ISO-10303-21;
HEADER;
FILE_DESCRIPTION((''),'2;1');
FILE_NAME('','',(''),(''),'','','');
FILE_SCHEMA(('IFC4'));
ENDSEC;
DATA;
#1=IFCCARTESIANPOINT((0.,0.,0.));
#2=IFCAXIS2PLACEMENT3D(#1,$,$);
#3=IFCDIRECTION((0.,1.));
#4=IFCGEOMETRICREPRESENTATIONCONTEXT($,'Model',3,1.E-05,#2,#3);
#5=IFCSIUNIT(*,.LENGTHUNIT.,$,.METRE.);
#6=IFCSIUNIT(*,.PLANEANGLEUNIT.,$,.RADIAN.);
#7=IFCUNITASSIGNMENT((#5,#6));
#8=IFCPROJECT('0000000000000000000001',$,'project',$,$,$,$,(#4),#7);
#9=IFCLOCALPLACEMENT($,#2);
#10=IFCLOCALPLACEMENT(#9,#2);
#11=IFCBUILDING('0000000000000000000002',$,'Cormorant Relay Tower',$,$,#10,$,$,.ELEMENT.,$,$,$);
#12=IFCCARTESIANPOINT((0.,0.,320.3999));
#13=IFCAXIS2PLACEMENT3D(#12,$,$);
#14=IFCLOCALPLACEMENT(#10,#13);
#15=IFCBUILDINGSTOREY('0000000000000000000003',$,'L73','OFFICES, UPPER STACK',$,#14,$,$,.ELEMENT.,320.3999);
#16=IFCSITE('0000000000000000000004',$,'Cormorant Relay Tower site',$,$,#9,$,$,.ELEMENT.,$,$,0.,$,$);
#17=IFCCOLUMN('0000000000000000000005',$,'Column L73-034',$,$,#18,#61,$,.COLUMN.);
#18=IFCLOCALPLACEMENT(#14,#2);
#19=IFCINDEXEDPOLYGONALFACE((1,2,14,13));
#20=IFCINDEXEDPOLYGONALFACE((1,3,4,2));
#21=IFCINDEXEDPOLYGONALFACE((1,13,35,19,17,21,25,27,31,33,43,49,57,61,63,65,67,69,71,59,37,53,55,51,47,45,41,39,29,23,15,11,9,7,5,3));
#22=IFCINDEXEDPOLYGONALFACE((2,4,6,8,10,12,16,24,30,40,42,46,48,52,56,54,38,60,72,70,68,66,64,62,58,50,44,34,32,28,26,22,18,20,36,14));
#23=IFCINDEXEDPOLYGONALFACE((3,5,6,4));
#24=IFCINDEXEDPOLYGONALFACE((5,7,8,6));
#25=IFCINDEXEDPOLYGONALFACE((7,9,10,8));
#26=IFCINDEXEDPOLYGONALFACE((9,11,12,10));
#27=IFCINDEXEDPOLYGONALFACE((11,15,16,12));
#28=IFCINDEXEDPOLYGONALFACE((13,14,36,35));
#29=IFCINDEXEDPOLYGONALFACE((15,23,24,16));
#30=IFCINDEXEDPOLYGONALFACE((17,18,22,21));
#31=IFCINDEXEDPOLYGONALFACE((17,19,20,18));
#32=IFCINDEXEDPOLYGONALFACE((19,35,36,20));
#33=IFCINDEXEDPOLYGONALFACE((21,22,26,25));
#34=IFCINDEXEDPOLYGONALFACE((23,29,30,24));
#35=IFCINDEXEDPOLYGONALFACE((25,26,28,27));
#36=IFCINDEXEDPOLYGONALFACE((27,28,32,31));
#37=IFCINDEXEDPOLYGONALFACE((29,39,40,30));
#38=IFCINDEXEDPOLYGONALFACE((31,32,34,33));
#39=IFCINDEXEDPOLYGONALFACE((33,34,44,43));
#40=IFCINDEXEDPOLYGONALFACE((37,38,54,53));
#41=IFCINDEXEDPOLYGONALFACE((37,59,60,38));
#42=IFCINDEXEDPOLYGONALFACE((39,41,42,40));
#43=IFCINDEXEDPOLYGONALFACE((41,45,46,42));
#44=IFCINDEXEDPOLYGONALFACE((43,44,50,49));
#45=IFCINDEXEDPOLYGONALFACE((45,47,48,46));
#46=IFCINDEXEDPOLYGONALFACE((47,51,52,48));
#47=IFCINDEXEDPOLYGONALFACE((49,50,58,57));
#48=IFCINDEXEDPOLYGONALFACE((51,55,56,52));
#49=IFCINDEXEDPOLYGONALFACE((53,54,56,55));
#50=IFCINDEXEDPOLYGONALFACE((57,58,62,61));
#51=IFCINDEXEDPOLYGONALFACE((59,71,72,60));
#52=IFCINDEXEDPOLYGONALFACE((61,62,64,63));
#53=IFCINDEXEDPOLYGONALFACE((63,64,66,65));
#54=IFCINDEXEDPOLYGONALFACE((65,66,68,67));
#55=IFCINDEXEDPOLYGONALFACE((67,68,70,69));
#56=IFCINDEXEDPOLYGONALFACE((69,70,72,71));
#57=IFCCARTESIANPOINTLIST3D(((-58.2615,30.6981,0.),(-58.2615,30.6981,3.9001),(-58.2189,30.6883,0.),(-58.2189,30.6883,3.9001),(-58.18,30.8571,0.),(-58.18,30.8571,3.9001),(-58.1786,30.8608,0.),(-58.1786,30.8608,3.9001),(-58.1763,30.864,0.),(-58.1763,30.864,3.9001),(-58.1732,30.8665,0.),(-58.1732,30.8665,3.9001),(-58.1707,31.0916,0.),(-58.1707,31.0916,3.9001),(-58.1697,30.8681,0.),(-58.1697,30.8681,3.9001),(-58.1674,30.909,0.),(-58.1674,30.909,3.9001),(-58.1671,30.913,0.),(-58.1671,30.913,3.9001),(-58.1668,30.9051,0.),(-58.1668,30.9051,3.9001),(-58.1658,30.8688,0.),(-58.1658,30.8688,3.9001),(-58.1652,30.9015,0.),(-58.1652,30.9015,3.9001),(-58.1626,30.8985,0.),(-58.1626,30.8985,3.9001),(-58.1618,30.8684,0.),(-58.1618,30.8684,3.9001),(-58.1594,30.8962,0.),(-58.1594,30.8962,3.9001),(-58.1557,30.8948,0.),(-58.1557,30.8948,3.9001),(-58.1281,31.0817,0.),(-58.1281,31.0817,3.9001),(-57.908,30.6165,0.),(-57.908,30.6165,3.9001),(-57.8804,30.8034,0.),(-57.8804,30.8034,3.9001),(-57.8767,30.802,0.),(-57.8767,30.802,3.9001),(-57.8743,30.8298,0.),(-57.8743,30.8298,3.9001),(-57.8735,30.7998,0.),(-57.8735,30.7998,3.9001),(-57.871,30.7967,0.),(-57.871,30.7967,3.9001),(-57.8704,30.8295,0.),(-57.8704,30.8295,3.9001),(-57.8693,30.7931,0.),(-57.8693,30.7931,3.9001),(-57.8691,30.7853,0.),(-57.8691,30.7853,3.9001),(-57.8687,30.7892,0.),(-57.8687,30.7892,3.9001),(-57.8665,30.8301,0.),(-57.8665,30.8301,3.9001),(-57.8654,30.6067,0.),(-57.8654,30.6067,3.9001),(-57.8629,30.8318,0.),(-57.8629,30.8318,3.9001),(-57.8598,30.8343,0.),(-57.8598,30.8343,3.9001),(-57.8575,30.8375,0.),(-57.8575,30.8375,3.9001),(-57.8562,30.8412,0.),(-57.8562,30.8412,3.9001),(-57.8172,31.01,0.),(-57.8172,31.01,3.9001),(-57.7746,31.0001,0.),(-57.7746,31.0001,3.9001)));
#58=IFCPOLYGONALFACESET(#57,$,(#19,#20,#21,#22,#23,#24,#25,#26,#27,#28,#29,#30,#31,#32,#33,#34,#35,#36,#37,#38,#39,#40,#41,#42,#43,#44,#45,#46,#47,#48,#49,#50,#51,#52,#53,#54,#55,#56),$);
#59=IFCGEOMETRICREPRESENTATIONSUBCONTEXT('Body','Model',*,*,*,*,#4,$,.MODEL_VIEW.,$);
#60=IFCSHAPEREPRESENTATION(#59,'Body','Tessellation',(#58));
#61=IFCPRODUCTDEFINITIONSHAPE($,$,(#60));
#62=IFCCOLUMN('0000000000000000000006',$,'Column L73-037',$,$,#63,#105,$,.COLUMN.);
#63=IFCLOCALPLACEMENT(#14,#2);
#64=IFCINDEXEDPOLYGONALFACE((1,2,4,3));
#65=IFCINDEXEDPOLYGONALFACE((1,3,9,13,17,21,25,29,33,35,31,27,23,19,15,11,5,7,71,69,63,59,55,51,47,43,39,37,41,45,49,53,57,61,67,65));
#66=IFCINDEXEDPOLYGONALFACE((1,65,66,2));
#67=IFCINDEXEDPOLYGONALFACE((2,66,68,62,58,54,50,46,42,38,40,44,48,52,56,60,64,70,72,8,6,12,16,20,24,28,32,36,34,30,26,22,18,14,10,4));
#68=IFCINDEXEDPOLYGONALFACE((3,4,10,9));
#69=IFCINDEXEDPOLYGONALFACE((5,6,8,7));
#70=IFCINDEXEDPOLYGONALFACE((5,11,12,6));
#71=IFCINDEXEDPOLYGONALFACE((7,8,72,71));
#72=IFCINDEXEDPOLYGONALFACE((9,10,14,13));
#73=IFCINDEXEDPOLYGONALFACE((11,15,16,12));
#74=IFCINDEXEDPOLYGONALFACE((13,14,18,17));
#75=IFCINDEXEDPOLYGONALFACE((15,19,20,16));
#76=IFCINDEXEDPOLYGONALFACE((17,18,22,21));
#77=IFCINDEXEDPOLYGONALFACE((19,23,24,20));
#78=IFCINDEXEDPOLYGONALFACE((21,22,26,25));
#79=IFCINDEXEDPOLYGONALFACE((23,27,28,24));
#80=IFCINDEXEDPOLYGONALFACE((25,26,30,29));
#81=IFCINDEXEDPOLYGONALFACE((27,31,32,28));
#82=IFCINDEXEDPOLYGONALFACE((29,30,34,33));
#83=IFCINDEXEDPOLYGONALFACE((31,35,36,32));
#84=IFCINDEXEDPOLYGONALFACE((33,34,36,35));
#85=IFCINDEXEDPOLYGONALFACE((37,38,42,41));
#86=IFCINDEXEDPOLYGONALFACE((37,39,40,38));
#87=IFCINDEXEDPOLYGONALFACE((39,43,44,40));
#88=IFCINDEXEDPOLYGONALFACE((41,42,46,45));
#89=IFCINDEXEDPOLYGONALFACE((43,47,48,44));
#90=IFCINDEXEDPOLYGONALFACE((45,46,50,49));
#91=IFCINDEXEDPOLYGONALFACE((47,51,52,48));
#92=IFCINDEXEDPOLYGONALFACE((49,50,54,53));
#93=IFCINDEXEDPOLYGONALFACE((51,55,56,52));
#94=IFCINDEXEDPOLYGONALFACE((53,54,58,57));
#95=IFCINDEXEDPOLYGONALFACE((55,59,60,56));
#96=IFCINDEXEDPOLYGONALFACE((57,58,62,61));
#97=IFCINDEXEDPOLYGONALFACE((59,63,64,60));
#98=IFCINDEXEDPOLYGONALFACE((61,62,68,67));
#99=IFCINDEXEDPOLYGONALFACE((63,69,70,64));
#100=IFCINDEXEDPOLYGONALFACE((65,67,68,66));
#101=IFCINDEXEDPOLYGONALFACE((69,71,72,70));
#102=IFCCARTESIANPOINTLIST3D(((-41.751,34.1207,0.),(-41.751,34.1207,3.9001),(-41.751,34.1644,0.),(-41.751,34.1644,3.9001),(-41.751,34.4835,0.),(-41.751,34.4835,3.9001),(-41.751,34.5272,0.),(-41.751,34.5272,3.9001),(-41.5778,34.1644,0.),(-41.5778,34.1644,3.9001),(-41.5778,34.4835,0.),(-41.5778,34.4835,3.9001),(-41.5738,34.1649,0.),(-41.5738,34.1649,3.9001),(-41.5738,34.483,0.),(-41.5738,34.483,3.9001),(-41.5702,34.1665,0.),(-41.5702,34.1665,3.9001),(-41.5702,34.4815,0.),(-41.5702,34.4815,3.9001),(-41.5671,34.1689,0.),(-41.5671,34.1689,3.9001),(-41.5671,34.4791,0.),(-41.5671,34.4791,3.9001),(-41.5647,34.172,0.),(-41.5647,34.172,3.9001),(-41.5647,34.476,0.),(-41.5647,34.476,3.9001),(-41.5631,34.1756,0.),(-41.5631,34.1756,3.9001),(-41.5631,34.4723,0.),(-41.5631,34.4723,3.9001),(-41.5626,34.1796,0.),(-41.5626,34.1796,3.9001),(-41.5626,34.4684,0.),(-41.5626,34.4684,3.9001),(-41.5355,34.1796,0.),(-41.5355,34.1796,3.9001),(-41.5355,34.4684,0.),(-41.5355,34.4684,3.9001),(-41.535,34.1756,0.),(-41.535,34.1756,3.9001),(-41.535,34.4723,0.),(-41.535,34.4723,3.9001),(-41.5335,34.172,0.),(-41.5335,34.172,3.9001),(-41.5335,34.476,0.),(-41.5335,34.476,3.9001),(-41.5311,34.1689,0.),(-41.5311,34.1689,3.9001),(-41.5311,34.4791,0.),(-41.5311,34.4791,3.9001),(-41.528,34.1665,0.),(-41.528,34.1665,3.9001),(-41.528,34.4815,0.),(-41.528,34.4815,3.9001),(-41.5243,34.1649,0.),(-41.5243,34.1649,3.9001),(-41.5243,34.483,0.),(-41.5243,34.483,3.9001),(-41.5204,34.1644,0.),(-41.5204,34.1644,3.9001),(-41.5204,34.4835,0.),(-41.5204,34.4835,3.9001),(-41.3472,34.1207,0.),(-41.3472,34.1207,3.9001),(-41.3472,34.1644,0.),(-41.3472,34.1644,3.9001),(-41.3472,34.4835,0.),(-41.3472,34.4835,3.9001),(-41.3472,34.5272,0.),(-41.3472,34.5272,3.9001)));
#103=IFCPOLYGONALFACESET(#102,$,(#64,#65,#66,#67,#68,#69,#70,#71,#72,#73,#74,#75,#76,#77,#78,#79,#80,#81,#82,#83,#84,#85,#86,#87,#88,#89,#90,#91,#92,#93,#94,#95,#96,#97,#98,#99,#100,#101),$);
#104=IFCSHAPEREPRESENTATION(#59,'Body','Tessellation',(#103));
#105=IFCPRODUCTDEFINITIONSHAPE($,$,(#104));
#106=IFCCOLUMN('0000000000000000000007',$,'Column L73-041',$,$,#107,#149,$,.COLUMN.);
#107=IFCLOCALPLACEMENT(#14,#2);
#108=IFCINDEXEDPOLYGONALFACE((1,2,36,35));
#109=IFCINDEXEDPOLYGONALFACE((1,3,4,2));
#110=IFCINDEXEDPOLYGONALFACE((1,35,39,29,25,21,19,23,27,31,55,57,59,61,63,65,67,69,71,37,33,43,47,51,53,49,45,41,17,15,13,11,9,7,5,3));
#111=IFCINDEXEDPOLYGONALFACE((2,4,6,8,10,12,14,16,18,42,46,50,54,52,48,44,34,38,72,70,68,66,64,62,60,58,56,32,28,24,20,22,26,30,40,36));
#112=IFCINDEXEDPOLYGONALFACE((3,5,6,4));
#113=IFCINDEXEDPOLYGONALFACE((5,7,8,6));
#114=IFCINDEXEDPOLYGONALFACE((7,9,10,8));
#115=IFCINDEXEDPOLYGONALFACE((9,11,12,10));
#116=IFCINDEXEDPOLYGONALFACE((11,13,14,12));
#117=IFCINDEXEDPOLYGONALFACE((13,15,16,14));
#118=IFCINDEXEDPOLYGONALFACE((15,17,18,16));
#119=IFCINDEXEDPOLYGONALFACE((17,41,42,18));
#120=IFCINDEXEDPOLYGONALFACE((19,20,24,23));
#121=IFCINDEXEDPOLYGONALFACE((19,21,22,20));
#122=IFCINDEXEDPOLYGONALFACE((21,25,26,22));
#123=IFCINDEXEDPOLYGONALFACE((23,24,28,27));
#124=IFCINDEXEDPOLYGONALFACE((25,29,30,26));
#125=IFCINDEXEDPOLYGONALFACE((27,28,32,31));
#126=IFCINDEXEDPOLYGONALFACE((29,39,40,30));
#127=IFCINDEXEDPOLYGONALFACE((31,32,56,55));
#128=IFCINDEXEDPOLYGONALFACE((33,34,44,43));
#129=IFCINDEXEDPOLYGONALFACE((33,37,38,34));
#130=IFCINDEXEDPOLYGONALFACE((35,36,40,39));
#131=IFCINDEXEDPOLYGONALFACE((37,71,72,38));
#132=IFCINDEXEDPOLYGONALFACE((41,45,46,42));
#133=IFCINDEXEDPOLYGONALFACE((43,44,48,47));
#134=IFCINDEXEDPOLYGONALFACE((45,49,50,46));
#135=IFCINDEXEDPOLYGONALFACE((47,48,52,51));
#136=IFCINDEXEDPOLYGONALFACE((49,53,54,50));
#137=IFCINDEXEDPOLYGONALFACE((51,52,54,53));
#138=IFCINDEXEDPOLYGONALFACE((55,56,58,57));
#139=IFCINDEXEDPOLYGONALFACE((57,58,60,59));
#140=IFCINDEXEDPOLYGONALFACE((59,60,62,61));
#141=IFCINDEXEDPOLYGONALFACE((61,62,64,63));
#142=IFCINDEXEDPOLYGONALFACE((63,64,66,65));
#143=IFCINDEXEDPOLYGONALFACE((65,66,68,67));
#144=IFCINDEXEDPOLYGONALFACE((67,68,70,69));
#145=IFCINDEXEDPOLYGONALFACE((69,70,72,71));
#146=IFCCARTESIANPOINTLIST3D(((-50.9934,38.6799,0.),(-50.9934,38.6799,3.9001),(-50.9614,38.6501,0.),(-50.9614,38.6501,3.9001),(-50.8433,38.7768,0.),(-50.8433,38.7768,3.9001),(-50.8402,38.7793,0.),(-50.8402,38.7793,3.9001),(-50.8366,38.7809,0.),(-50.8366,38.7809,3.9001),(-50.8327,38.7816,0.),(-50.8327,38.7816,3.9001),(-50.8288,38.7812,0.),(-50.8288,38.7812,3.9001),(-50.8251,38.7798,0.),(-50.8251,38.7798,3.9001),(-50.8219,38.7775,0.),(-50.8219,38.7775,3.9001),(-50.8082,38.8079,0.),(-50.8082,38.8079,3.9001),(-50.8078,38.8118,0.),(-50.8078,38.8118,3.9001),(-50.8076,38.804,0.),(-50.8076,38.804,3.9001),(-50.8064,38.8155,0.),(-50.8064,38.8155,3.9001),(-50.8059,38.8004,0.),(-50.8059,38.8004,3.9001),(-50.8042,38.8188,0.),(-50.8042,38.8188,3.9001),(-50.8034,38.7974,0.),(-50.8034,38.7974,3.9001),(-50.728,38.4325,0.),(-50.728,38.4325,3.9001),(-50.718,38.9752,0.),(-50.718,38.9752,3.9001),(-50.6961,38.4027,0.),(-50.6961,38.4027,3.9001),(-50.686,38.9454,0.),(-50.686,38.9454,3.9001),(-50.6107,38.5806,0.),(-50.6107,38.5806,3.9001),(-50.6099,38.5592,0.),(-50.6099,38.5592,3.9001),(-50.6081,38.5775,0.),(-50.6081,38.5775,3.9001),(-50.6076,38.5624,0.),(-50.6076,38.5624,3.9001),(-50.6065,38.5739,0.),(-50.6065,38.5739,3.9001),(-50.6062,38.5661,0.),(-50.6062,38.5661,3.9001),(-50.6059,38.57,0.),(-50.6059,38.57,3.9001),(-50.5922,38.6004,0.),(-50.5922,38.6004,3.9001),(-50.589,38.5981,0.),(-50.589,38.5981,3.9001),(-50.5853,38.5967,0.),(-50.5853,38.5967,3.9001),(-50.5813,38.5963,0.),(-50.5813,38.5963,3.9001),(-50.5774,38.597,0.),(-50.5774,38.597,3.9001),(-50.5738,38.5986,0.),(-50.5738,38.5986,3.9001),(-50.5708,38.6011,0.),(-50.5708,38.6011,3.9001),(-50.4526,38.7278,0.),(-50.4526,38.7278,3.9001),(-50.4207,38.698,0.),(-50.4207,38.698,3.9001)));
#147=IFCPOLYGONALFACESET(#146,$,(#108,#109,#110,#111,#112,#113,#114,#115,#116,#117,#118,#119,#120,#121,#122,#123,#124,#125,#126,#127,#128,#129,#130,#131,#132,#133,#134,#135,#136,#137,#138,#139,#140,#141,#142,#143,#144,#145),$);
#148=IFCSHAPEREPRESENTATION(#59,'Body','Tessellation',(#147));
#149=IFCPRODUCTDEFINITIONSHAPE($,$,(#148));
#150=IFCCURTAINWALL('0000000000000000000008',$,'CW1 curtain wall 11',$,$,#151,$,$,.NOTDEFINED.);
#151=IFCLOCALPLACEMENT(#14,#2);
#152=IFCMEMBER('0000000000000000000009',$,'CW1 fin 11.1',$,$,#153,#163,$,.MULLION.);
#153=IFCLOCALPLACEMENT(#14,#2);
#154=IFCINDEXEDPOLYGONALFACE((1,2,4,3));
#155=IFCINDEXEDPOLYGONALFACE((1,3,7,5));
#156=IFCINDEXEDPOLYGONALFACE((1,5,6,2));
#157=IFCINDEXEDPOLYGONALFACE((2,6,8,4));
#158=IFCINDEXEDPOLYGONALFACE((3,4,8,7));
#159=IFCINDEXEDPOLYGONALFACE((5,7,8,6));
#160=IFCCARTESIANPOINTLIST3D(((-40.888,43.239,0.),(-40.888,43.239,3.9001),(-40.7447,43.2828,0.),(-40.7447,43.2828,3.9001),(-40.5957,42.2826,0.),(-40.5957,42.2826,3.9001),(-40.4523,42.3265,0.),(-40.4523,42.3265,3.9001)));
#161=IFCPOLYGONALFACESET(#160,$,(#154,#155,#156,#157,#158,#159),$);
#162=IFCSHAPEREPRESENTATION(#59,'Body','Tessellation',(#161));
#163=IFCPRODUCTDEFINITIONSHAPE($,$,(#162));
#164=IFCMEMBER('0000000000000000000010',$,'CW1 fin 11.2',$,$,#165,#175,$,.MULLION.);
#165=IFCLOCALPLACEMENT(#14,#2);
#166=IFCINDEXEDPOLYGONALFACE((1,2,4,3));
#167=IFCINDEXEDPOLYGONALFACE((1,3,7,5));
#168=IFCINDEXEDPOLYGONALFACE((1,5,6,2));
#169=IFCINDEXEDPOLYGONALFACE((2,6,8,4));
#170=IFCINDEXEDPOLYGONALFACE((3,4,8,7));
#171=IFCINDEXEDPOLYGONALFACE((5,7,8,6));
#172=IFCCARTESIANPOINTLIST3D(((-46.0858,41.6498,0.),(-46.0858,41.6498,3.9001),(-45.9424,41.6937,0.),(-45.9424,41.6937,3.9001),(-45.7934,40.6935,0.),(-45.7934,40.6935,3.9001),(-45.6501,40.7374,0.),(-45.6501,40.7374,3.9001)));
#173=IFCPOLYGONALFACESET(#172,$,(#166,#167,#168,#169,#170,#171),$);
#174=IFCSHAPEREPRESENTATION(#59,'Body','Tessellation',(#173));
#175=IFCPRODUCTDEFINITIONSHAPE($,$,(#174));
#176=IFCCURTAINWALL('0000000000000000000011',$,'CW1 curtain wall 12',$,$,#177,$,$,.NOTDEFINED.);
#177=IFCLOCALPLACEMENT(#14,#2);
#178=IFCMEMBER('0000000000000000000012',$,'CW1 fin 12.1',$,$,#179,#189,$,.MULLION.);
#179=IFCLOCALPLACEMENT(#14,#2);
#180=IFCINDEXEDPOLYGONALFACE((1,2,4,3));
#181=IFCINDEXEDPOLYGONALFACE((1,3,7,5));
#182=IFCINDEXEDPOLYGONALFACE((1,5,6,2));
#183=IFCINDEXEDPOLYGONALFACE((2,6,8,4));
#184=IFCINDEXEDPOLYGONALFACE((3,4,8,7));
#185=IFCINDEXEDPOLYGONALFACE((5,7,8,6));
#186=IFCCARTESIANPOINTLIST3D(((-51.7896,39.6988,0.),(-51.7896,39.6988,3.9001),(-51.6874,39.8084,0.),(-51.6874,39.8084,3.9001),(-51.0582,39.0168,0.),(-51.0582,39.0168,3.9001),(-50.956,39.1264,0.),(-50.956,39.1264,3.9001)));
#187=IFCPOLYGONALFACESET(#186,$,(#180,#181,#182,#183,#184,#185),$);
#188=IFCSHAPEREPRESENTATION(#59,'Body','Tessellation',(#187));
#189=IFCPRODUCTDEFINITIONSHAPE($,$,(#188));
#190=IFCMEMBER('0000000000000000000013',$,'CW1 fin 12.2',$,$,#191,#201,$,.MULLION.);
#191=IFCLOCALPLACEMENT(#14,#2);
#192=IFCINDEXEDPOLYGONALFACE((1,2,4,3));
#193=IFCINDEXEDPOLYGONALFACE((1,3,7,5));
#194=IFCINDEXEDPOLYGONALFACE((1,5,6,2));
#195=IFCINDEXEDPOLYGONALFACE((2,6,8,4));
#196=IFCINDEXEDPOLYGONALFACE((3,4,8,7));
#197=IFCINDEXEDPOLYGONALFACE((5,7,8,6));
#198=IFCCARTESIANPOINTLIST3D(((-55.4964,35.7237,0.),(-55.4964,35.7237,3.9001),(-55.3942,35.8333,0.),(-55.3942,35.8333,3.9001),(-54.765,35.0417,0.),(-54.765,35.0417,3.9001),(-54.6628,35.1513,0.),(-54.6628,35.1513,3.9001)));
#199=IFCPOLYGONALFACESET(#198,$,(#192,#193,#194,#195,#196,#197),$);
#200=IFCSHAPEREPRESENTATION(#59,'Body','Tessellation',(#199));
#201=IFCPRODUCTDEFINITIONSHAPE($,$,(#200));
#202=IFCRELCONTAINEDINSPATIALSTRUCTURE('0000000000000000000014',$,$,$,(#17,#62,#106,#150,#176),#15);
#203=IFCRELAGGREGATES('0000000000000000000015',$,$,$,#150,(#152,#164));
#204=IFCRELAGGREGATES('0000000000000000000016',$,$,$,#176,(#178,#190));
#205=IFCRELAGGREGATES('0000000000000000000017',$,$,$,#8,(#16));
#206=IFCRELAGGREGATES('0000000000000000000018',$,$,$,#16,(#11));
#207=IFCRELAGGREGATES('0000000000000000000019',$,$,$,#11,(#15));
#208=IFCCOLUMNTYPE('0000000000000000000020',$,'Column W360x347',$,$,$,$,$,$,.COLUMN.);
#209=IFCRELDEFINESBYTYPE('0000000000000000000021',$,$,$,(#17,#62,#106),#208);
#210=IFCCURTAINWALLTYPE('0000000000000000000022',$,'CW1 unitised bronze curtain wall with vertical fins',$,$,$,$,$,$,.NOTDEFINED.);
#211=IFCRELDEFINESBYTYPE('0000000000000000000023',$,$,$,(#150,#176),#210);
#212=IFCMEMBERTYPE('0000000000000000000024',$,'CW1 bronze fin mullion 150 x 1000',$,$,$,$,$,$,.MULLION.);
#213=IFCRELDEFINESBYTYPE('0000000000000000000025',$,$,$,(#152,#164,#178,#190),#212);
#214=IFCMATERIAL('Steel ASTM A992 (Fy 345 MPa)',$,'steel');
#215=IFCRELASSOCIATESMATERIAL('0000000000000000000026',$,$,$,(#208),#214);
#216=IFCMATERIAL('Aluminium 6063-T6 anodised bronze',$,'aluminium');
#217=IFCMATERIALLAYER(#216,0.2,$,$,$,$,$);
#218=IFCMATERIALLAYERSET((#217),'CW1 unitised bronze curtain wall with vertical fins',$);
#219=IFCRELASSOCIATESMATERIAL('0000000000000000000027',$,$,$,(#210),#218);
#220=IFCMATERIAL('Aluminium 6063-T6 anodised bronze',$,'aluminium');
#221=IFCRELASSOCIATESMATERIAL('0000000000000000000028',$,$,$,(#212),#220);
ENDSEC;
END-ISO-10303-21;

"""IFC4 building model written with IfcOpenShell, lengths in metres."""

from ifc_helpers import new_model, si_unit, direction, frame, origin, origin_2d, place, context, subcontext, project, spatial, rectangle, i_section, extrude, material, layer, layer_set, material_profile, profile_set, type_object, element, aggregate, save


model = new_model("IFC4")

# Units and contexts
model_context = context("Model", 3, precision=1e-05, world=origin(), true_north=direction((0.0, 1.0)))
body_context = subcontext(model_context, "Body", "Model", "MODEL_VIEW")
ifc_project = project(units=[si_unit("LENGTHUNIT", "METRE"), si_unit("PLANEANGLEUNIT", "RADIAN")], contexts=[model_context])

# Site, building, storey
site_placement = place(None, origin())
site = spatial("IfcSite", under=ifc_project, at=site_placement, Name="Cormorant Relay Tower site", CompositionType="ELEMENT", RefElevation=0.0)
building_placement = place(site_placement, origin())
building = spatial("IfcBuilding", under=site, at=building_placement, Name="Cormorant Relay Tower", CompositionType="ELEMENT")
storey_placement = place(building_placement, frame((0.0, 0.0, 320.3999)))
storey = spatial("IfcBuildingStorey", under=building, at=storey_placement, Name="L73", Description="OFFICES, UPPER STACK", CompositionType="ELEMENT", Elevation=320.3999)

# Columns
ifc_material_1 = material(Name="Steel ASTM A992 (Fy 345 MPa)", Category="steel")
ifc_material_profile_1 = material_profile(ifc_material_1, i_section(OverallWidth=0.4038, OverallDepth=0.4065, WebThickness=0.0271, FlangeThickness=0.0437, FilletRadius=0.0151, at=origin_2d()), Name="W360x347")
ifc_profile_set_1 = profile_set([ifc_material_profile_1], Name="Steel ASTM A992 (Fy 345 MPa)")
column_type = type_object("IfcColumnType", Name="Column W360x347", PredefinedType="COLUMN", material=ifc_profile_set_1)
for number, where, z_axis, x_axis, name in (
    (1, (-58.0181, 30.8491, 0.0), (0.0, 0.0, 1.0), (-0.224951, -0.97437, 0.0), "Column L73-034"),
    (2, (-41.5491, 34.324, 0.0), (0.0, 0.0, 1.0), (1.0, 0.0, 0.0), "Column L73-037"),
    (3, (-50.707, 38.689, 0.0), (0.0, 0.0, 1.0), (-0.681998, -0.731354, 0.0), "Column L73-041"),
):
    element("IfcColumn", number, at=place(storey_placement, frame(where, z_axis=z_axis, x_axis=x_axis)), inside=storey, type_object=column_type, Name=name, PredefinedType="COLUMN", context=body_context, shape_type="SweptSolid", body=[
        extrude(i_section(OverallWidth=0.4038, OverallDepth=0.4065, WebThickness=0.0271, FlangeThickness=0.0437, FilletRadius=0.0151, at=origin_2d()), origin(), (0.0, 0.0, 1.0), 3.9001),
    ])

# Curtain walls, members
ifc_material_2 = material(Name="Aluminium 6063-T6 anodised bronze", Category="aluminium")
ifc_layer_1 = layer(ifc_material_2, 0.2)
ifc_layer_set_1 = layer_set([ifc_layer_1], Name="CW1 unitised bronze curtain wall with vertical fins")
curtain_wall_type = type_object("IfcCurtainWallType", Name="CW1 unitised bronze curtain wall with vertical fins", PredefinedType="NOTDEFINED", material=ifc_layer_set_1)
curtain_wall_1_placement = place(storey_placement, origin())
curtain_wall_1 = element("IfcCurtainWall", 4, at=curtain_wall_1_placement, inside=storey, type_object=curtain_wall_type, Name="CW1 curtain wall 11", PredefinedType="NOTDEFINED")
ifc_material_3 = material(Name="Aluminium 6063-T6 anodised bronze", Category="aluminium")
ifc_material_profile_2 = material_profile(ifc_material_3, rectangle(XDim=0.1499, YDim=1.0, at=origin_2d()), Name="AL 150x1000")
ifc_profile_set_2 = profile_set([ifc_material_profile_2], Name="Aluminium 6063-T6 anodised bronze")
member_type_1 = type_object("IfcMemberType", Name="CW1 bronze fin mullion 150 x 1000", PredefinedType="MULLION", material=ifc_profile_set_2)
member_1_placement = place(storey_placement, frame((-40.6702, 42.7827, 0.0), z_axis=(0.0, 0.0, 1.0), x_axis=(-0.956305, -0.292372, 0.0)))
member_1 = element("IfcMember", 5, at=member_1_placement, type_object=member_type_1, Name="CW1 fin 11.1", PredefinedType="MULLION", context=body_context, shape_type="SweptSolid", body=[
    extrude(rectangle(XDim=0.1499, YDim=1.0, at=origin_2d()), origin(), (0.0, 0.0, 1.0), 3.9001),
])
member_2_placement = place(storey_placement, frame((-45.8679, 41.1936, 0.0), z_axis=(0.0, 0.0, 1.0), x_axis=(-0.956305, -0.292372, 0.0)))
member_2 = element("IfcMember", 6, at=member_2_placement, type_object=member_type_1, Name="CW1 fin 11.2", PredefinedType="MULLION", context=body_context, shape_type="SweptSolid", body=[
    extrude(rectangle(XDim=0.1499, YDim=1.0, at=origin_2d()), origin(), (0.0, 0.0, 1.0), 3.9001),
])
curtain_wall_2_placement = place(storey_placement, origin())
curtain_wall_2 = element("IfcCurtainWall", 7, at=curtain_wall_2_placement, inside=storey, type_object=curtain_wall_type, Name="CW1 curtain wall 12", PredefinedType="NOTDEFINED")
member_3_placement = place(storey_placement, frame((-51.3728, 39.4126, 0.0), z_axis=(0.0, 0.0, 1.0), x_axis=(-0.681998, -0.731354, 0.0)))
member_3 = element("IfcMember", 8, at=member_3_placement, type_object=member_type_1, Name="CW1 fin 12.1", PredefinedType="MULLION", context=body_context, shape_type="SweptSolid", body=[
    extrude(rectangle(XDim=0.1499, YDim=1.0, at=origin_2d()), origin(), (0.0, 0.0, 1.0), 3.9001),
])
member_4_placement = place(storey_placement, frame((-55.0796, 35.4375, 0.0), z_axis=(0.0, 0.0, 1.0), x_axis=(-0.681998, -0.731354, 0.0)))
member_4 = element("IfcMember", 9, at=member_4_placement, type_object=member_type_1, Name="CW1 fin 12.2", PredefinedType="MULLION", context=body_context, shape_type="SweptSolid", body=[
    extrude(rectangle(XDim=0.1499, YDim=1.0, at=origin_2d()), origin(), (0.0, 0.0, 1.0), 3.9001),
])

aggregate(curtain_wall_1, [member_1, member_2])
aggregate(curtain_wall_2, [member_3, member_4])

save(model, "model.ifc")
